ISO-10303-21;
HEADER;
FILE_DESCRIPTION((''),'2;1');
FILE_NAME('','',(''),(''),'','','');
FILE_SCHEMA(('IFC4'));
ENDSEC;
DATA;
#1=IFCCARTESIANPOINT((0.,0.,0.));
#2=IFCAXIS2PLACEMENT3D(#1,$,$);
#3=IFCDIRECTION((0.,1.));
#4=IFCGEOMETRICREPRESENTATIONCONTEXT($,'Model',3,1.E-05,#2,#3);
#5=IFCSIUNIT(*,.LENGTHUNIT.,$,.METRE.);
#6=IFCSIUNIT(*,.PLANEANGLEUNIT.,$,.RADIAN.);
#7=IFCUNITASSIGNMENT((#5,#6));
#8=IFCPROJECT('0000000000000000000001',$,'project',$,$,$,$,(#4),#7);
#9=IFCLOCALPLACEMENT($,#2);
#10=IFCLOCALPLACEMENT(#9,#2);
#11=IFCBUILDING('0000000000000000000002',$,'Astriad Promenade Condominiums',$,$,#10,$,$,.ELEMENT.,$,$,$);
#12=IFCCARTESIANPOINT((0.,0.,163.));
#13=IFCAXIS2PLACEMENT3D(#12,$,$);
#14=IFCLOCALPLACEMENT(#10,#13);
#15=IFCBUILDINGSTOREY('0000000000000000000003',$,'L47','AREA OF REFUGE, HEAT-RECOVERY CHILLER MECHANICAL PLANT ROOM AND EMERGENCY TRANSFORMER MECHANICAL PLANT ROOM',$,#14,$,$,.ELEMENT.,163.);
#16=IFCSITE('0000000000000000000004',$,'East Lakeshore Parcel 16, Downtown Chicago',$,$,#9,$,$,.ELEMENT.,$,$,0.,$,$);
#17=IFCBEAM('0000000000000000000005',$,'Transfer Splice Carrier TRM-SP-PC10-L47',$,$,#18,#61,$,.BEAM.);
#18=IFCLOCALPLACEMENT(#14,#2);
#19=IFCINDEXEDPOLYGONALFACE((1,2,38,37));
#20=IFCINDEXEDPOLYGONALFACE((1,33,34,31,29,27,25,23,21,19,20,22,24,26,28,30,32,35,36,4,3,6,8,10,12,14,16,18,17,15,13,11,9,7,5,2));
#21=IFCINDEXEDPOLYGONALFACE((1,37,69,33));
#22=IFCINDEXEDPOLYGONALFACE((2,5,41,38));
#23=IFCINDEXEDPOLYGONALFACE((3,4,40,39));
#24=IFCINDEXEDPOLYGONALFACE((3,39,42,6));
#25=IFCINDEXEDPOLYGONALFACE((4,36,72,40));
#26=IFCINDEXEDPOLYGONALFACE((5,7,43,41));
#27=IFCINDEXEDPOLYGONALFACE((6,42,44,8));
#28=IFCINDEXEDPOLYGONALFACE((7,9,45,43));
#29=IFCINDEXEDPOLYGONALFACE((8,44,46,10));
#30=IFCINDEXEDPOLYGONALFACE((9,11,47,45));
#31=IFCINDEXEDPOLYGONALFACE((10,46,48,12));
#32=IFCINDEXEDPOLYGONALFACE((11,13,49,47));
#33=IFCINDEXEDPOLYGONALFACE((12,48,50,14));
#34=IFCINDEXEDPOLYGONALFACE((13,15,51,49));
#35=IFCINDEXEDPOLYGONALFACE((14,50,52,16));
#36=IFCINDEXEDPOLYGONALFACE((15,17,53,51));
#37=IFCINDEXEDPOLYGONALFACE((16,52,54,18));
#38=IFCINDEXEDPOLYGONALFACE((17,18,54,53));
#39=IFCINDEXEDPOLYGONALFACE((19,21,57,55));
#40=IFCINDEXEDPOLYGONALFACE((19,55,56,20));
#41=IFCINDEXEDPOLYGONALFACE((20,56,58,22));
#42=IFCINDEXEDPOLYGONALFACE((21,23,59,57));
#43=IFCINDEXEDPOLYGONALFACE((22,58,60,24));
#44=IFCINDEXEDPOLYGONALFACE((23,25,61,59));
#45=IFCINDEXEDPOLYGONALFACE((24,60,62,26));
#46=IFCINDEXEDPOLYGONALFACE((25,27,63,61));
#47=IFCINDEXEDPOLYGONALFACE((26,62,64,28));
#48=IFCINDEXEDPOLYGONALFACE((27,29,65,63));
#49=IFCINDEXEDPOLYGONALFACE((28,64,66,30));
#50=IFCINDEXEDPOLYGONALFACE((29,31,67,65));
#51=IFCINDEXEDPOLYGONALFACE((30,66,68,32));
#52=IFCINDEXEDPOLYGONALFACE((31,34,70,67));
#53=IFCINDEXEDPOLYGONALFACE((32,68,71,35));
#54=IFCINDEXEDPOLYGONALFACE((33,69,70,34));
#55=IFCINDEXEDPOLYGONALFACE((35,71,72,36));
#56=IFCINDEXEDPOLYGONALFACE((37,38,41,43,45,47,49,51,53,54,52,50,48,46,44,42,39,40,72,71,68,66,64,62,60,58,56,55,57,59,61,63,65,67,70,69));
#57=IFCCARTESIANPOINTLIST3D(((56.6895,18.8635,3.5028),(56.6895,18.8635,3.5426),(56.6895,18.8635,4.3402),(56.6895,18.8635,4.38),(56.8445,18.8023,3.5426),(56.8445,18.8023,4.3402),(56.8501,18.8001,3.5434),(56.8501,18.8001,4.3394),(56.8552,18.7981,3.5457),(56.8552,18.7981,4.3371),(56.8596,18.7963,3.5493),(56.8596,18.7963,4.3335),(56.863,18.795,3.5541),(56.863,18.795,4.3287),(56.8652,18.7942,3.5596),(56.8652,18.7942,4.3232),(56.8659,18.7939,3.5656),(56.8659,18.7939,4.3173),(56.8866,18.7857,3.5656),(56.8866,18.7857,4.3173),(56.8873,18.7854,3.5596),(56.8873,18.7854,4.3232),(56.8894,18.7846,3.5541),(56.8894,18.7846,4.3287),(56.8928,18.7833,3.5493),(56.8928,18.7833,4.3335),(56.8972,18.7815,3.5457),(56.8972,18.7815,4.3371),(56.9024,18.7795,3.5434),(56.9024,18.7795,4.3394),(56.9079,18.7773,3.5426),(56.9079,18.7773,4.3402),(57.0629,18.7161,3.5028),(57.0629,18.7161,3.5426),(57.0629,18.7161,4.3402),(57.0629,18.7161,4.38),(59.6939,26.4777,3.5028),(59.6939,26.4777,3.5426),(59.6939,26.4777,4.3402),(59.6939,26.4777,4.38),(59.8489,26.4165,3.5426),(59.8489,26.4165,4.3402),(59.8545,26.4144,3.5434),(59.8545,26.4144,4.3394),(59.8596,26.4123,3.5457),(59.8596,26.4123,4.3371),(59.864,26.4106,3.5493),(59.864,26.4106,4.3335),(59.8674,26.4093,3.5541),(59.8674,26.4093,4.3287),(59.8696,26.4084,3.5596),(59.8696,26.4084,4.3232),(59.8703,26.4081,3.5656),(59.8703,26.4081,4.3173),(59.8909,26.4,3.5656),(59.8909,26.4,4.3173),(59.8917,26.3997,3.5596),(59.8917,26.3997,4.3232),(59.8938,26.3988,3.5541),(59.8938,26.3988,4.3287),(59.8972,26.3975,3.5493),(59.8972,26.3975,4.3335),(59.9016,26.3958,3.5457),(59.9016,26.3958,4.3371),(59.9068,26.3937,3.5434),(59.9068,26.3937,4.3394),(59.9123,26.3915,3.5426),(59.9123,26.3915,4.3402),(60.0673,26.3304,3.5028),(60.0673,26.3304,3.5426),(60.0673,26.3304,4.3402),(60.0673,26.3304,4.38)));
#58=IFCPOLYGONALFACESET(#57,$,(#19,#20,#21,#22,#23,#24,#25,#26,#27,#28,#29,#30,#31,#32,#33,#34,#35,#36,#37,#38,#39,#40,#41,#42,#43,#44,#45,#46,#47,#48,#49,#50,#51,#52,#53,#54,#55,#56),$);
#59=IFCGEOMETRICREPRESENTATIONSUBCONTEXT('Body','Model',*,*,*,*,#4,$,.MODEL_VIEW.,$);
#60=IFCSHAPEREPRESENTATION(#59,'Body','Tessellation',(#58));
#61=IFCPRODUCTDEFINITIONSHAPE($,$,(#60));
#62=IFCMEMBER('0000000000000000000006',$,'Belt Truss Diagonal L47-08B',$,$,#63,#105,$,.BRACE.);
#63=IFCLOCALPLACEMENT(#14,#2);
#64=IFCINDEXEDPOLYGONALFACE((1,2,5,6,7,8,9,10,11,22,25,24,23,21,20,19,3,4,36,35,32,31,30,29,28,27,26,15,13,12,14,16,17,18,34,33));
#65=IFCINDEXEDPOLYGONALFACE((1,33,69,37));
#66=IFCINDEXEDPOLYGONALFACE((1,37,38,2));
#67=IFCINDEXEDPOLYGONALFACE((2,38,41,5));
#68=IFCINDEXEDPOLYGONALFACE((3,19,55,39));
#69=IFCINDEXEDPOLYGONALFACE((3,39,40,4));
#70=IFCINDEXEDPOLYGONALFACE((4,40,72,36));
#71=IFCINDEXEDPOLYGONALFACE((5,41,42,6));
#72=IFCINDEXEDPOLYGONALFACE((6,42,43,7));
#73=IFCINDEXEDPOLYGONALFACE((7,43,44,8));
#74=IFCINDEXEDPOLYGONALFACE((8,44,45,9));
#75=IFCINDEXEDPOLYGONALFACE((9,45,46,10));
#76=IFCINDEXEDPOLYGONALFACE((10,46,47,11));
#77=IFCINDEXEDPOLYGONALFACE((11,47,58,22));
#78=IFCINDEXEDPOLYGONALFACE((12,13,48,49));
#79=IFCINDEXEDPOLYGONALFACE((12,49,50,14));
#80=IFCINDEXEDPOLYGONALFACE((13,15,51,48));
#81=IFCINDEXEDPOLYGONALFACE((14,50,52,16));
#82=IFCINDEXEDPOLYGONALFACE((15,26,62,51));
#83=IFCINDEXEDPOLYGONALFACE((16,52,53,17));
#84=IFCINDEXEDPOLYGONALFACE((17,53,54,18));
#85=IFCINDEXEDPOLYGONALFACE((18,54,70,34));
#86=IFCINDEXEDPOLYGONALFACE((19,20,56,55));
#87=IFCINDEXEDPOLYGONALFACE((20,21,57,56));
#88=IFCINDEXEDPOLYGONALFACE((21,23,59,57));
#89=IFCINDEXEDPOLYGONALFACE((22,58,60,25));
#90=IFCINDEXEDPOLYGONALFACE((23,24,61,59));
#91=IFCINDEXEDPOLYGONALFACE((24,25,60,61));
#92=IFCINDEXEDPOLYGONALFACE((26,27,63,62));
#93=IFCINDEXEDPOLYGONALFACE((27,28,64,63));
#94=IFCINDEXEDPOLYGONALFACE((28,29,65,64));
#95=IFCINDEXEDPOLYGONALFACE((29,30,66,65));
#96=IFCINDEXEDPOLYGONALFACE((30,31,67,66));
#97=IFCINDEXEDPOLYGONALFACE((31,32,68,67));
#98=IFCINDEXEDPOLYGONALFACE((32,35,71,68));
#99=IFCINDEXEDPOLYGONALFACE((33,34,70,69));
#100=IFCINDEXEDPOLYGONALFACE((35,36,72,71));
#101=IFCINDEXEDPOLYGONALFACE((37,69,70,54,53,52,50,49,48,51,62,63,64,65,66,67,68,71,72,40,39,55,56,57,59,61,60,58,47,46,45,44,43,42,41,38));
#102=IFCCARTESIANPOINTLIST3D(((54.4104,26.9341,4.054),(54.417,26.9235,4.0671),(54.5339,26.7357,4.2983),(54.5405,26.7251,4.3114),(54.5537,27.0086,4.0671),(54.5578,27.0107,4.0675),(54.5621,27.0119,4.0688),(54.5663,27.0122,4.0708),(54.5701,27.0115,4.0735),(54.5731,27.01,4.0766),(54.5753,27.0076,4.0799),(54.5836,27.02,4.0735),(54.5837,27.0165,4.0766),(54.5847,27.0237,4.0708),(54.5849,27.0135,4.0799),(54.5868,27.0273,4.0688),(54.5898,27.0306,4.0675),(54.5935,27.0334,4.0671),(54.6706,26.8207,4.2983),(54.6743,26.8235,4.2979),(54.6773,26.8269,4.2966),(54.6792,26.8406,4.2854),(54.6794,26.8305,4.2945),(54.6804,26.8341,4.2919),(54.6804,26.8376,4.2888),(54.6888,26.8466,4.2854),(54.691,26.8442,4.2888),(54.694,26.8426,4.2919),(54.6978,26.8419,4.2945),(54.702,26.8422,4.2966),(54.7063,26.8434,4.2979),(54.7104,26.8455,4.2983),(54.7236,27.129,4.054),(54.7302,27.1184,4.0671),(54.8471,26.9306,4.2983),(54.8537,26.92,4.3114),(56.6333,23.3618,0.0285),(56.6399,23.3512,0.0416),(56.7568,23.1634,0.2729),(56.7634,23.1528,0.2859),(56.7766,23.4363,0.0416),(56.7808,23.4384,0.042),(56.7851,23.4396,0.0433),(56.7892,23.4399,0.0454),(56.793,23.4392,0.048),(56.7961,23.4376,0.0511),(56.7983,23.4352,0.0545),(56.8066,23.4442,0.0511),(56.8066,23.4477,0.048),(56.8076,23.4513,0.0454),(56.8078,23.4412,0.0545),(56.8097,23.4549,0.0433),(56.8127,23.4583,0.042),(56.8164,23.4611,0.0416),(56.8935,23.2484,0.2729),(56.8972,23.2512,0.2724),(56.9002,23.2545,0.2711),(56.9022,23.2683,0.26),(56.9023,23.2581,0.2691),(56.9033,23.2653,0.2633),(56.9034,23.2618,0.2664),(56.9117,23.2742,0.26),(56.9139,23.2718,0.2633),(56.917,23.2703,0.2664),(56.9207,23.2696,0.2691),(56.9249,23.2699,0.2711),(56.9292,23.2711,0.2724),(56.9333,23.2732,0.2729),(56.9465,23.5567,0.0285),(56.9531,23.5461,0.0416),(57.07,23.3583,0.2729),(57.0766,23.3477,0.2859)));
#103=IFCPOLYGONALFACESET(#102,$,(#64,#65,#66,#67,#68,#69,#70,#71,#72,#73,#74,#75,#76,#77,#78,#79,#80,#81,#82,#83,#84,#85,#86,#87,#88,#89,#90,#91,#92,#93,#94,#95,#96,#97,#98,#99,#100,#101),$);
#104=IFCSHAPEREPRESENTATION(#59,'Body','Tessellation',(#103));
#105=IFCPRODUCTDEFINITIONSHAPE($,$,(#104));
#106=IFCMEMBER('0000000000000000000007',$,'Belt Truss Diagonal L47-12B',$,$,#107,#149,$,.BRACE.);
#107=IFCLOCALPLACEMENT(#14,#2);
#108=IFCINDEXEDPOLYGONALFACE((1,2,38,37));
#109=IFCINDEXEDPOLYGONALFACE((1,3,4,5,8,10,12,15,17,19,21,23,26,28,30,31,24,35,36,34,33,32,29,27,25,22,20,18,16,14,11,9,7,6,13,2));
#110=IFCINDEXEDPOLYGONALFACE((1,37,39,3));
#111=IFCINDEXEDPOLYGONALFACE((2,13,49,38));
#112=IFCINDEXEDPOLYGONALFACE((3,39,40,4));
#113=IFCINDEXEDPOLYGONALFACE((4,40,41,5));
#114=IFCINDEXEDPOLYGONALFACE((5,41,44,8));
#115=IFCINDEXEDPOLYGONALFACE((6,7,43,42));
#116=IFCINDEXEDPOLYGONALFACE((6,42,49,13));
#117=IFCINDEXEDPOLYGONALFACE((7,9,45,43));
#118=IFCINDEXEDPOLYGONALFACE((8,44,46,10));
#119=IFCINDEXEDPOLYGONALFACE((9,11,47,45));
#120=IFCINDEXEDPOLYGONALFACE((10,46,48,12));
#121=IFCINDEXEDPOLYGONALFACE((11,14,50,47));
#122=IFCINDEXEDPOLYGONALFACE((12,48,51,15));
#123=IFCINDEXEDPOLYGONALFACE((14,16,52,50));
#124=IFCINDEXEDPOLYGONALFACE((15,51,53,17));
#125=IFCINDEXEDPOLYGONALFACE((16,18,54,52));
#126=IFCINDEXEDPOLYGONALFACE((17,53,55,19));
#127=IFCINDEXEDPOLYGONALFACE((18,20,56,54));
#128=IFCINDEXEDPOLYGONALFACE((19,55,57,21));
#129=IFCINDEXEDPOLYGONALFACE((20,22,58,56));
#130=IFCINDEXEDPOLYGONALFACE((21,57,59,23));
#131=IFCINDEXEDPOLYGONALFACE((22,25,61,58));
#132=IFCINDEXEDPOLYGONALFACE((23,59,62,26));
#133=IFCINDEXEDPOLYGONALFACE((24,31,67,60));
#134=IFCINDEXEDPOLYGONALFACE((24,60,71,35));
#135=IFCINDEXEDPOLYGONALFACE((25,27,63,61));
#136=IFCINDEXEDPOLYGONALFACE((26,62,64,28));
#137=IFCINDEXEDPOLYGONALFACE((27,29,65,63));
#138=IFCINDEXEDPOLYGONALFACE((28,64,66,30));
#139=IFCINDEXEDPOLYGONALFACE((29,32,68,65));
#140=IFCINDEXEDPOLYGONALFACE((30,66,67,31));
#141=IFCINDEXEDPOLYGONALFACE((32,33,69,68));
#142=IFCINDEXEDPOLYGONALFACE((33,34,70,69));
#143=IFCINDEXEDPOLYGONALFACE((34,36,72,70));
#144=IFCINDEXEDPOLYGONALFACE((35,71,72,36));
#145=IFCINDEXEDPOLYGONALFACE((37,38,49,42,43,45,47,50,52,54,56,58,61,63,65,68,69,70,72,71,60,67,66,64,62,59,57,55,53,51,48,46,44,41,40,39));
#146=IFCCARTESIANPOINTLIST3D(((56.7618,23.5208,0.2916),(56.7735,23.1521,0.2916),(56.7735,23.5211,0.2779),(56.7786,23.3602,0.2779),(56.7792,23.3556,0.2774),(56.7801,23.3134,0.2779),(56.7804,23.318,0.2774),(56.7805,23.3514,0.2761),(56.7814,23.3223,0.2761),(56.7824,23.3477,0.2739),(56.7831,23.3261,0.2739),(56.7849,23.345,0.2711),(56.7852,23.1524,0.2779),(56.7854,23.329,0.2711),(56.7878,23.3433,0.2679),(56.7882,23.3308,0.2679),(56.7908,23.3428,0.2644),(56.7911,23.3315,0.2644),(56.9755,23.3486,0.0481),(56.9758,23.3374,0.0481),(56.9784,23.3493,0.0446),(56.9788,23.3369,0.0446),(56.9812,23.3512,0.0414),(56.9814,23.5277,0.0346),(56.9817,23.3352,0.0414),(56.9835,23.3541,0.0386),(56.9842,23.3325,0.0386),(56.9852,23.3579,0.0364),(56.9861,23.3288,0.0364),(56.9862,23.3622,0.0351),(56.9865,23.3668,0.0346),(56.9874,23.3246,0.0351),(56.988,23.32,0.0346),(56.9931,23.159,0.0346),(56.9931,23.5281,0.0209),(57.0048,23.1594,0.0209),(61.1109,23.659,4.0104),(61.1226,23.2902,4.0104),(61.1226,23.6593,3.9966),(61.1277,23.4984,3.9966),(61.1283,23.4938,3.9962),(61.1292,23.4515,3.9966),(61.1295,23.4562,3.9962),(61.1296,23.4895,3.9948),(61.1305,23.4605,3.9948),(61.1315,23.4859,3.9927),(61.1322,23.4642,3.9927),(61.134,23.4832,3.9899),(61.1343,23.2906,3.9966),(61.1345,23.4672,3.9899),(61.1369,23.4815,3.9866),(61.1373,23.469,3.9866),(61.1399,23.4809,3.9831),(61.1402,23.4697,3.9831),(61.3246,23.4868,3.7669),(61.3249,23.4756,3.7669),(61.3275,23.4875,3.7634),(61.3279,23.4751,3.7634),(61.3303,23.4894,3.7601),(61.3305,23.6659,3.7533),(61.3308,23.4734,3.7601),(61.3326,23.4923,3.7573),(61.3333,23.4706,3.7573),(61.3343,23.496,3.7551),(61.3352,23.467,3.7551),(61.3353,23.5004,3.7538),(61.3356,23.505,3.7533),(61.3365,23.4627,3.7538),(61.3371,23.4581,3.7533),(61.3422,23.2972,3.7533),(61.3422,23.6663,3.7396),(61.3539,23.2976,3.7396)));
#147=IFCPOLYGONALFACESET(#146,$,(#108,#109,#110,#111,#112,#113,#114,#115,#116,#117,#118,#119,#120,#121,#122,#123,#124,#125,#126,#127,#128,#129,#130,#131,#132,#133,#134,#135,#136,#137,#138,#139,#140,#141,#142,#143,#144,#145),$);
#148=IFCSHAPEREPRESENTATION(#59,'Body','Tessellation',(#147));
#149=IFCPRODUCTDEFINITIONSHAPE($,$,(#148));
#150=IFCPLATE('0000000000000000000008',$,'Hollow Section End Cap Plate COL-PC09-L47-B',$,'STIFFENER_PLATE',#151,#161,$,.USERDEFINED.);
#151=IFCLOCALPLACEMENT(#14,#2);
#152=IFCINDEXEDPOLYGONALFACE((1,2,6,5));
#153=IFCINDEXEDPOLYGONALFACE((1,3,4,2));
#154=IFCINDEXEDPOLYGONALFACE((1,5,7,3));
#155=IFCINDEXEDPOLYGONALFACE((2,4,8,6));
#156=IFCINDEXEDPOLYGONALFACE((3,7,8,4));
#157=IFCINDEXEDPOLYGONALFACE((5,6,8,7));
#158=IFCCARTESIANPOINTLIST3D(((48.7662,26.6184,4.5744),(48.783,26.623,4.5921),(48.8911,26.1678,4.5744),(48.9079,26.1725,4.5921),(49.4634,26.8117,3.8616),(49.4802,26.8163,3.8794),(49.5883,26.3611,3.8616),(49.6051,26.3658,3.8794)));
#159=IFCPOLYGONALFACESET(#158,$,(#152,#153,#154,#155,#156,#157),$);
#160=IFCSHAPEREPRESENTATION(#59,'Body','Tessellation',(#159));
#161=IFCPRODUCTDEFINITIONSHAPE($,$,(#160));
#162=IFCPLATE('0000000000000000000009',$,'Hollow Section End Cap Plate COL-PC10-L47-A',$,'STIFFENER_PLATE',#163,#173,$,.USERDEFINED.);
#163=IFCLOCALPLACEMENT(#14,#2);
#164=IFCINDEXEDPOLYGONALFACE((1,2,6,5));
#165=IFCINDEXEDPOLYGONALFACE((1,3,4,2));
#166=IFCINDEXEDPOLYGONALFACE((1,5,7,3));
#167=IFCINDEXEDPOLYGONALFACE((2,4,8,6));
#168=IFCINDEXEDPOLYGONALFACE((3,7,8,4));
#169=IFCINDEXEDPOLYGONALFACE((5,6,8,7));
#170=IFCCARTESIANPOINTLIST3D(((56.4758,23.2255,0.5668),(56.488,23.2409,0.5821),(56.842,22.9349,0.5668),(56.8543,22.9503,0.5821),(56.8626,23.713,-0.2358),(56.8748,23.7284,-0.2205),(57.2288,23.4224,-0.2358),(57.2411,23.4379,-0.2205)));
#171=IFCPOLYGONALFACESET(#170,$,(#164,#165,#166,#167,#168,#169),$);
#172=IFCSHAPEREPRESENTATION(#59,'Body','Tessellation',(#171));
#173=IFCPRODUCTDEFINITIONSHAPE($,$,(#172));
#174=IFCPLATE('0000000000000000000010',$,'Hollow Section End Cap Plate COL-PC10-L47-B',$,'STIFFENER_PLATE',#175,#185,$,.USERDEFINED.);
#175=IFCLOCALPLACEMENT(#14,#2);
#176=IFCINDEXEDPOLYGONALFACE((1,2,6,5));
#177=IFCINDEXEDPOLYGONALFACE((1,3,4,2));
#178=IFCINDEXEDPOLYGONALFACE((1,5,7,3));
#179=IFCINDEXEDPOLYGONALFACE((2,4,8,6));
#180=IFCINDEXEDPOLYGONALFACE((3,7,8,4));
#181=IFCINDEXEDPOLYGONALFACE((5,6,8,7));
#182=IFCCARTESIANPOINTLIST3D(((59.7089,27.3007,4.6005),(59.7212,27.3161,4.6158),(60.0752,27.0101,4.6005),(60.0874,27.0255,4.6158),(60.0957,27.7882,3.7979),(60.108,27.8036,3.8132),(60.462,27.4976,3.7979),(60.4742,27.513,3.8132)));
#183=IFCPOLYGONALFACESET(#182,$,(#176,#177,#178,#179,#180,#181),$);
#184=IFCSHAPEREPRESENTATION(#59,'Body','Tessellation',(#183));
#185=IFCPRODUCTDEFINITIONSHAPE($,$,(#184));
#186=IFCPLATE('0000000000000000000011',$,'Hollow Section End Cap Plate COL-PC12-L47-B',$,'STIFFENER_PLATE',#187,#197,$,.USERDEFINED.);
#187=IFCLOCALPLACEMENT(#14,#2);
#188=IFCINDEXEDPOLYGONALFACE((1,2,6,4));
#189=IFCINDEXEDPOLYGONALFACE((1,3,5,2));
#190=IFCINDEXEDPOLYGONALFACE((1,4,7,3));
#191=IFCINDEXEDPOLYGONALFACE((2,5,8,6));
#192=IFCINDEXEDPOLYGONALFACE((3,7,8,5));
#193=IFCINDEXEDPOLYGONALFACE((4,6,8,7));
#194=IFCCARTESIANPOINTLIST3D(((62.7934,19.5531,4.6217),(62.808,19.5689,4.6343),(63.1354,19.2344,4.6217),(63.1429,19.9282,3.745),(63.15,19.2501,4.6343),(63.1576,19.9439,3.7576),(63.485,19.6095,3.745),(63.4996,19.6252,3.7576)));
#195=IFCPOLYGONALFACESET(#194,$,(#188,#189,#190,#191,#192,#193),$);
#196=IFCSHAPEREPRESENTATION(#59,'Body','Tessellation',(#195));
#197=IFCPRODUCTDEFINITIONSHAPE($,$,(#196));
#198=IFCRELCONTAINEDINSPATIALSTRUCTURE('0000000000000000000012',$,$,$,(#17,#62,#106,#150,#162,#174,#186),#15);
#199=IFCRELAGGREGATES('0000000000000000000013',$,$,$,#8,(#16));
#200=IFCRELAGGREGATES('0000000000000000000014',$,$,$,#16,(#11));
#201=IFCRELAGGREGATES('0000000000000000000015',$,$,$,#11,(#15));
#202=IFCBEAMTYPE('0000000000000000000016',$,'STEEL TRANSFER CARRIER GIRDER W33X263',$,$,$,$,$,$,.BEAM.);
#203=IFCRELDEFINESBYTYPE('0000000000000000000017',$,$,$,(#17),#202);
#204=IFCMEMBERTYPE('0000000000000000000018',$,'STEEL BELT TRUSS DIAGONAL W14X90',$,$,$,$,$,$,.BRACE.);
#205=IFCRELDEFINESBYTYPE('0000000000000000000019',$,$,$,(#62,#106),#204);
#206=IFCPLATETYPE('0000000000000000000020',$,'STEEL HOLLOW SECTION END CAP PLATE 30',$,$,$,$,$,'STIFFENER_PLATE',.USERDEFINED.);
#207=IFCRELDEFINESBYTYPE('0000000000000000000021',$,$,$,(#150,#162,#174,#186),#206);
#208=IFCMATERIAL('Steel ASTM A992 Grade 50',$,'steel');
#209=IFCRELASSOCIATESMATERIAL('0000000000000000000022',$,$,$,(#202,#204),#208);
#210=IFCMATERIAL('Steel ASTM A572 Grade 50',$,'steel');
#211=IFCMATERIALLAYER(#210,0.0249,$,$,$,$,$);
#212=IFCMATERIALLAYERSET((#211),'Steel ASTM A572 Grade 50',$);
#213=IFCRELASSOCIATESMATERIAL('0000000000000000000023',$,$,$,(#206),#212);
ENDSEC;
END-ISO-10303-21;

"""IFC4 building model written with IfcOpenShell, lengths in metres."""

from ifc_helpers import new_model, si_unit, direction, frame, origin, origin_2d, place, context, subcontext, project, spatial, rectangle, i_section, extrude, source, transform, mapped, material, layer, layer_set, material_profile, profile_set, type_object, type_shapes, element, save


model = new_model("IFC4")

# Units and contexts
model_context = context("Model", 3, precision=1e-05, world=origin(), true_north=direction((0.0, 1.0)))
body_context = subcontext(model_context, "Body", "Model", "MODEL_VIEW")
ifc_project = project(units=[si_unit("LENGTHUNIT", "METRE"), si_unit("PLANEANGLEUNIT", "RADIAN")], contexts=[model_context])

# Site, building, storey
site_placement = place(None, origin())
site = spatial("IfcSite", under=ifc_project, at=site_placement, Name="East Lakeshore Parcel 16, Downtown Chicago", CompositionType="ELEMENT", RefElevation=0.0)
building_placement = place(site_placement, origin())
building = spatial("IfcBuilding", under=site, at=building_placement, Name="Astriad Promenade Condominiums", CompositionType="ELEMENT")
storey_placement = place(building_placement, frame((0.0, 0.0, 163.0)))
storey = spatial("IfcBuildingStorey", under=building, at=storey_placement, Name="L47", Description="AREA OF REFUGE, HEAT-RECOVERY CHILLER MECHANICAL PLANT ROOM AND EMERGENCY TRANSFORMER MECHANICAL PLANT ROOM", CompositionType="ELEMENT", Elevation=163.0)

# Shared definitions
ifc_material_1 = material(Name="Steel ASTM A992 Grade 50", Category="steel")

# Beam
ifc_material_profile_1 = material_profile(ifc_material_1, i_section(OverallWidth=0.4014, OverallDepth=0.8772, WebThickness=0.0222, FlangeThickness=0.0398, FilletRadius=0.0229, at=origin_2d()), Name="W33X263")
ifc_profile_set_1 = profile_set([ifc_material_profile_1], Name="Steel ASTM A992 Grade 50")
beam_type_1 = type_object("IfcBeamType", Name="STEEL TRANSFER CARRIER GIRDER W33X263", PredefinedType="BEAM", material=ifc_profile_set_1)
shared_shape_1 = source(origin(), body_context, "Body", "SweptSolid", [
    extrude(i_section(OverallWidth=0.4014, OverallDepth=0.8772, WebThickness=0.0222, FlangeThickness=0.0398, FilletRadius=0.0229, at=origin_2d()), origin(), (0.0, 0.0, 1.0), 8.1855),
])
beam_1_placement = place(storey_placement, frame((56.8762, 18.7898, 3.9414), z_axis=(0.367036, 0.930207, 0.0), x_axis=(-0.930207, 0.367036, 0.0)))
element("IfcBeam", 1, at=beam_1_placement, inside=storey, type_object=beam_type_1, Name="Transfer Splice Carrier TRM-SP-PC10-L47", PredefinedType="BEAM", context=body_context, shape_type="MappedRepresentation", body=[
    mapped(shared_shape_1, transform((0.0, 0.0, 0.0), scale=1.0)),
])

# Members
ifc_material_profile_2 = material_profile(ifc_material_1, i_section(OverallWidth=0.3689, OverallDepth=0.3562, WebThickness=0.0112, FlangeThickness=0.0181, FilletRadius=0.0178, at=origin_2d()), Name="W14X90")
ifc_profile_set_2 = profile_set([ifc_material_profile_2], Name="Steel ASTM A992 Grade 50")
member_type = type_object("IfcMemberType", Name="STEEL BELT TRUSS DIAGONAL W14X90", PredefinedType="BRACE", material=ifc_profile_set_2)
shared_shape_2 = source(origin(), body_context, "Body", "SweptSolid", [
    extrude(i_section(OverallWidth=0.3689, OverallDepth=0.3562, WebThickness=0.0112, FlangeThickness=0.0181, FilletRadius=0.0178, at=origin_2d()), origin(), (0.0, 0.0, 1.0), 5.823),
])
member_1_placement = place(storey_placement, frame((56.855, 23.3547, 0.1572), z_axis=(-0.381752, 0.613486, 0.691304), x_axis=(-0.84904, -0.528329, 0.0)))
element("IfcMember", 2, at=member_1_placement, inside=storey, type_object=member_type, Name="Belt Truss Diagonal L47-08B", PredefinedType="BRACE", context=body_context, shape_type="MappedRepresentation", body=[
    mapped(shared_shape_2, transform((0.0, 0.0, 0.0), scale=1.0)),
])
shared_shape_3 = source(origin(), body_context, "Body", "SweptSolid", [
    extrude(i_section(OverallWidth=0.3689, OverallDepth=0.3562, WebThickness=0.0112, FlangeThickness=0.0181, FilletRadius=0.0178, at=origin_2d()), origin(), (0.0, 0.0, 1.0), 5.7239),
])
type_shapes(member_type, [shared_shape_2, shared_shape_3])
member_2_placement = place(storey_placement, frame((56.8833, 23.3401, 0.1562), z_axis=(0.759818, 0.024142, 0.649688), x_axis=(-0.031757, 0.999496, 0.0)))
element("IfcMember", 3, at=member_2_placement, inside=storey, type_object=member_type, Name="Belt Truss Diagonal L47-12B", PredefinedType="BRACE", context=body_context, shape_type="MappedRepresentation", body=[
    mapped(shared_shape_3, transform((0.0, 0.0, 0.0), scale=1.0)),
])

# Plates
ifc_material_2 = material(Name="Steel ASTM A572 Grade 50", Category="steel")
ifc_layer_1 = layer(ifc_material_2, 0.0249)
ifc_layer_set_1 = layer_set([ifc_layer_1], Name="Steel ASTM A572 Grade 50")
plate_type_1 = type_object("IfcPlateType", Name="STEEL HOLLOW SECTION END CAP PLATE 30", ElementType="STIFFENER_PLATE", PredefinedType="USERDEFINED", material=ifc_layer_set_1)
shared_shape_4 = source(origin(), body_context, "Body", "SweptSolid", [
    extrude(rectangle(XDim=0.4675, YDim=1.0156, at=origin_2d()), origin(), (0.0, 0.0, 1.0), 0.0249),
])
for number, where, z_axis, x_axis, name in (
    (4, (49.1772, 26.4897, 4.218), (0.676288, 0.187474, 0.712382), (-0.267137, 0.963659, 0.0), "Hollow Section End Cap Plate COL-PC09-L47-B"),
    (5, (56.8523, 23.324, 0.1655), (0.491194, 0.619089, 0.612746), (-0.783379, 0.621544, 0.0), "Hollow Section End Cap Plate COL-PC10-L47-A"),
    (6, (60.0854, 27.3992, 4.1992), (0.491194, 0.619089, 0.612746), (-0.783379, 0.621544, 0.0), "Hollow Section End Cap Plate COL-PC10-L47-B"),
    (7, (63.1392, 19.5813, 4.1833), (0.588516, 0.631492, 0.504844), (-0.731561, 0.681776, 0.0), "Hollow Section End Cap Plate COL-PC12-L47-B"),
):
    element("IfcPlate", number, at=place(storey_placement, frame(where, z_axis=z_axis, x_axis=x_axis)), inside=storey, type_object=plate_type_1, Name=name, ObjectType="STIFFENER_PLATE", PredefinedType="USERDEFINED", context=body_context, shape_type="MappedRepresentation", body=[
        mapped(shared_shape_4, transform((0.0, 0.0, 0.0), scale=1.0)),
    ])

save(model, "model.ifc")
